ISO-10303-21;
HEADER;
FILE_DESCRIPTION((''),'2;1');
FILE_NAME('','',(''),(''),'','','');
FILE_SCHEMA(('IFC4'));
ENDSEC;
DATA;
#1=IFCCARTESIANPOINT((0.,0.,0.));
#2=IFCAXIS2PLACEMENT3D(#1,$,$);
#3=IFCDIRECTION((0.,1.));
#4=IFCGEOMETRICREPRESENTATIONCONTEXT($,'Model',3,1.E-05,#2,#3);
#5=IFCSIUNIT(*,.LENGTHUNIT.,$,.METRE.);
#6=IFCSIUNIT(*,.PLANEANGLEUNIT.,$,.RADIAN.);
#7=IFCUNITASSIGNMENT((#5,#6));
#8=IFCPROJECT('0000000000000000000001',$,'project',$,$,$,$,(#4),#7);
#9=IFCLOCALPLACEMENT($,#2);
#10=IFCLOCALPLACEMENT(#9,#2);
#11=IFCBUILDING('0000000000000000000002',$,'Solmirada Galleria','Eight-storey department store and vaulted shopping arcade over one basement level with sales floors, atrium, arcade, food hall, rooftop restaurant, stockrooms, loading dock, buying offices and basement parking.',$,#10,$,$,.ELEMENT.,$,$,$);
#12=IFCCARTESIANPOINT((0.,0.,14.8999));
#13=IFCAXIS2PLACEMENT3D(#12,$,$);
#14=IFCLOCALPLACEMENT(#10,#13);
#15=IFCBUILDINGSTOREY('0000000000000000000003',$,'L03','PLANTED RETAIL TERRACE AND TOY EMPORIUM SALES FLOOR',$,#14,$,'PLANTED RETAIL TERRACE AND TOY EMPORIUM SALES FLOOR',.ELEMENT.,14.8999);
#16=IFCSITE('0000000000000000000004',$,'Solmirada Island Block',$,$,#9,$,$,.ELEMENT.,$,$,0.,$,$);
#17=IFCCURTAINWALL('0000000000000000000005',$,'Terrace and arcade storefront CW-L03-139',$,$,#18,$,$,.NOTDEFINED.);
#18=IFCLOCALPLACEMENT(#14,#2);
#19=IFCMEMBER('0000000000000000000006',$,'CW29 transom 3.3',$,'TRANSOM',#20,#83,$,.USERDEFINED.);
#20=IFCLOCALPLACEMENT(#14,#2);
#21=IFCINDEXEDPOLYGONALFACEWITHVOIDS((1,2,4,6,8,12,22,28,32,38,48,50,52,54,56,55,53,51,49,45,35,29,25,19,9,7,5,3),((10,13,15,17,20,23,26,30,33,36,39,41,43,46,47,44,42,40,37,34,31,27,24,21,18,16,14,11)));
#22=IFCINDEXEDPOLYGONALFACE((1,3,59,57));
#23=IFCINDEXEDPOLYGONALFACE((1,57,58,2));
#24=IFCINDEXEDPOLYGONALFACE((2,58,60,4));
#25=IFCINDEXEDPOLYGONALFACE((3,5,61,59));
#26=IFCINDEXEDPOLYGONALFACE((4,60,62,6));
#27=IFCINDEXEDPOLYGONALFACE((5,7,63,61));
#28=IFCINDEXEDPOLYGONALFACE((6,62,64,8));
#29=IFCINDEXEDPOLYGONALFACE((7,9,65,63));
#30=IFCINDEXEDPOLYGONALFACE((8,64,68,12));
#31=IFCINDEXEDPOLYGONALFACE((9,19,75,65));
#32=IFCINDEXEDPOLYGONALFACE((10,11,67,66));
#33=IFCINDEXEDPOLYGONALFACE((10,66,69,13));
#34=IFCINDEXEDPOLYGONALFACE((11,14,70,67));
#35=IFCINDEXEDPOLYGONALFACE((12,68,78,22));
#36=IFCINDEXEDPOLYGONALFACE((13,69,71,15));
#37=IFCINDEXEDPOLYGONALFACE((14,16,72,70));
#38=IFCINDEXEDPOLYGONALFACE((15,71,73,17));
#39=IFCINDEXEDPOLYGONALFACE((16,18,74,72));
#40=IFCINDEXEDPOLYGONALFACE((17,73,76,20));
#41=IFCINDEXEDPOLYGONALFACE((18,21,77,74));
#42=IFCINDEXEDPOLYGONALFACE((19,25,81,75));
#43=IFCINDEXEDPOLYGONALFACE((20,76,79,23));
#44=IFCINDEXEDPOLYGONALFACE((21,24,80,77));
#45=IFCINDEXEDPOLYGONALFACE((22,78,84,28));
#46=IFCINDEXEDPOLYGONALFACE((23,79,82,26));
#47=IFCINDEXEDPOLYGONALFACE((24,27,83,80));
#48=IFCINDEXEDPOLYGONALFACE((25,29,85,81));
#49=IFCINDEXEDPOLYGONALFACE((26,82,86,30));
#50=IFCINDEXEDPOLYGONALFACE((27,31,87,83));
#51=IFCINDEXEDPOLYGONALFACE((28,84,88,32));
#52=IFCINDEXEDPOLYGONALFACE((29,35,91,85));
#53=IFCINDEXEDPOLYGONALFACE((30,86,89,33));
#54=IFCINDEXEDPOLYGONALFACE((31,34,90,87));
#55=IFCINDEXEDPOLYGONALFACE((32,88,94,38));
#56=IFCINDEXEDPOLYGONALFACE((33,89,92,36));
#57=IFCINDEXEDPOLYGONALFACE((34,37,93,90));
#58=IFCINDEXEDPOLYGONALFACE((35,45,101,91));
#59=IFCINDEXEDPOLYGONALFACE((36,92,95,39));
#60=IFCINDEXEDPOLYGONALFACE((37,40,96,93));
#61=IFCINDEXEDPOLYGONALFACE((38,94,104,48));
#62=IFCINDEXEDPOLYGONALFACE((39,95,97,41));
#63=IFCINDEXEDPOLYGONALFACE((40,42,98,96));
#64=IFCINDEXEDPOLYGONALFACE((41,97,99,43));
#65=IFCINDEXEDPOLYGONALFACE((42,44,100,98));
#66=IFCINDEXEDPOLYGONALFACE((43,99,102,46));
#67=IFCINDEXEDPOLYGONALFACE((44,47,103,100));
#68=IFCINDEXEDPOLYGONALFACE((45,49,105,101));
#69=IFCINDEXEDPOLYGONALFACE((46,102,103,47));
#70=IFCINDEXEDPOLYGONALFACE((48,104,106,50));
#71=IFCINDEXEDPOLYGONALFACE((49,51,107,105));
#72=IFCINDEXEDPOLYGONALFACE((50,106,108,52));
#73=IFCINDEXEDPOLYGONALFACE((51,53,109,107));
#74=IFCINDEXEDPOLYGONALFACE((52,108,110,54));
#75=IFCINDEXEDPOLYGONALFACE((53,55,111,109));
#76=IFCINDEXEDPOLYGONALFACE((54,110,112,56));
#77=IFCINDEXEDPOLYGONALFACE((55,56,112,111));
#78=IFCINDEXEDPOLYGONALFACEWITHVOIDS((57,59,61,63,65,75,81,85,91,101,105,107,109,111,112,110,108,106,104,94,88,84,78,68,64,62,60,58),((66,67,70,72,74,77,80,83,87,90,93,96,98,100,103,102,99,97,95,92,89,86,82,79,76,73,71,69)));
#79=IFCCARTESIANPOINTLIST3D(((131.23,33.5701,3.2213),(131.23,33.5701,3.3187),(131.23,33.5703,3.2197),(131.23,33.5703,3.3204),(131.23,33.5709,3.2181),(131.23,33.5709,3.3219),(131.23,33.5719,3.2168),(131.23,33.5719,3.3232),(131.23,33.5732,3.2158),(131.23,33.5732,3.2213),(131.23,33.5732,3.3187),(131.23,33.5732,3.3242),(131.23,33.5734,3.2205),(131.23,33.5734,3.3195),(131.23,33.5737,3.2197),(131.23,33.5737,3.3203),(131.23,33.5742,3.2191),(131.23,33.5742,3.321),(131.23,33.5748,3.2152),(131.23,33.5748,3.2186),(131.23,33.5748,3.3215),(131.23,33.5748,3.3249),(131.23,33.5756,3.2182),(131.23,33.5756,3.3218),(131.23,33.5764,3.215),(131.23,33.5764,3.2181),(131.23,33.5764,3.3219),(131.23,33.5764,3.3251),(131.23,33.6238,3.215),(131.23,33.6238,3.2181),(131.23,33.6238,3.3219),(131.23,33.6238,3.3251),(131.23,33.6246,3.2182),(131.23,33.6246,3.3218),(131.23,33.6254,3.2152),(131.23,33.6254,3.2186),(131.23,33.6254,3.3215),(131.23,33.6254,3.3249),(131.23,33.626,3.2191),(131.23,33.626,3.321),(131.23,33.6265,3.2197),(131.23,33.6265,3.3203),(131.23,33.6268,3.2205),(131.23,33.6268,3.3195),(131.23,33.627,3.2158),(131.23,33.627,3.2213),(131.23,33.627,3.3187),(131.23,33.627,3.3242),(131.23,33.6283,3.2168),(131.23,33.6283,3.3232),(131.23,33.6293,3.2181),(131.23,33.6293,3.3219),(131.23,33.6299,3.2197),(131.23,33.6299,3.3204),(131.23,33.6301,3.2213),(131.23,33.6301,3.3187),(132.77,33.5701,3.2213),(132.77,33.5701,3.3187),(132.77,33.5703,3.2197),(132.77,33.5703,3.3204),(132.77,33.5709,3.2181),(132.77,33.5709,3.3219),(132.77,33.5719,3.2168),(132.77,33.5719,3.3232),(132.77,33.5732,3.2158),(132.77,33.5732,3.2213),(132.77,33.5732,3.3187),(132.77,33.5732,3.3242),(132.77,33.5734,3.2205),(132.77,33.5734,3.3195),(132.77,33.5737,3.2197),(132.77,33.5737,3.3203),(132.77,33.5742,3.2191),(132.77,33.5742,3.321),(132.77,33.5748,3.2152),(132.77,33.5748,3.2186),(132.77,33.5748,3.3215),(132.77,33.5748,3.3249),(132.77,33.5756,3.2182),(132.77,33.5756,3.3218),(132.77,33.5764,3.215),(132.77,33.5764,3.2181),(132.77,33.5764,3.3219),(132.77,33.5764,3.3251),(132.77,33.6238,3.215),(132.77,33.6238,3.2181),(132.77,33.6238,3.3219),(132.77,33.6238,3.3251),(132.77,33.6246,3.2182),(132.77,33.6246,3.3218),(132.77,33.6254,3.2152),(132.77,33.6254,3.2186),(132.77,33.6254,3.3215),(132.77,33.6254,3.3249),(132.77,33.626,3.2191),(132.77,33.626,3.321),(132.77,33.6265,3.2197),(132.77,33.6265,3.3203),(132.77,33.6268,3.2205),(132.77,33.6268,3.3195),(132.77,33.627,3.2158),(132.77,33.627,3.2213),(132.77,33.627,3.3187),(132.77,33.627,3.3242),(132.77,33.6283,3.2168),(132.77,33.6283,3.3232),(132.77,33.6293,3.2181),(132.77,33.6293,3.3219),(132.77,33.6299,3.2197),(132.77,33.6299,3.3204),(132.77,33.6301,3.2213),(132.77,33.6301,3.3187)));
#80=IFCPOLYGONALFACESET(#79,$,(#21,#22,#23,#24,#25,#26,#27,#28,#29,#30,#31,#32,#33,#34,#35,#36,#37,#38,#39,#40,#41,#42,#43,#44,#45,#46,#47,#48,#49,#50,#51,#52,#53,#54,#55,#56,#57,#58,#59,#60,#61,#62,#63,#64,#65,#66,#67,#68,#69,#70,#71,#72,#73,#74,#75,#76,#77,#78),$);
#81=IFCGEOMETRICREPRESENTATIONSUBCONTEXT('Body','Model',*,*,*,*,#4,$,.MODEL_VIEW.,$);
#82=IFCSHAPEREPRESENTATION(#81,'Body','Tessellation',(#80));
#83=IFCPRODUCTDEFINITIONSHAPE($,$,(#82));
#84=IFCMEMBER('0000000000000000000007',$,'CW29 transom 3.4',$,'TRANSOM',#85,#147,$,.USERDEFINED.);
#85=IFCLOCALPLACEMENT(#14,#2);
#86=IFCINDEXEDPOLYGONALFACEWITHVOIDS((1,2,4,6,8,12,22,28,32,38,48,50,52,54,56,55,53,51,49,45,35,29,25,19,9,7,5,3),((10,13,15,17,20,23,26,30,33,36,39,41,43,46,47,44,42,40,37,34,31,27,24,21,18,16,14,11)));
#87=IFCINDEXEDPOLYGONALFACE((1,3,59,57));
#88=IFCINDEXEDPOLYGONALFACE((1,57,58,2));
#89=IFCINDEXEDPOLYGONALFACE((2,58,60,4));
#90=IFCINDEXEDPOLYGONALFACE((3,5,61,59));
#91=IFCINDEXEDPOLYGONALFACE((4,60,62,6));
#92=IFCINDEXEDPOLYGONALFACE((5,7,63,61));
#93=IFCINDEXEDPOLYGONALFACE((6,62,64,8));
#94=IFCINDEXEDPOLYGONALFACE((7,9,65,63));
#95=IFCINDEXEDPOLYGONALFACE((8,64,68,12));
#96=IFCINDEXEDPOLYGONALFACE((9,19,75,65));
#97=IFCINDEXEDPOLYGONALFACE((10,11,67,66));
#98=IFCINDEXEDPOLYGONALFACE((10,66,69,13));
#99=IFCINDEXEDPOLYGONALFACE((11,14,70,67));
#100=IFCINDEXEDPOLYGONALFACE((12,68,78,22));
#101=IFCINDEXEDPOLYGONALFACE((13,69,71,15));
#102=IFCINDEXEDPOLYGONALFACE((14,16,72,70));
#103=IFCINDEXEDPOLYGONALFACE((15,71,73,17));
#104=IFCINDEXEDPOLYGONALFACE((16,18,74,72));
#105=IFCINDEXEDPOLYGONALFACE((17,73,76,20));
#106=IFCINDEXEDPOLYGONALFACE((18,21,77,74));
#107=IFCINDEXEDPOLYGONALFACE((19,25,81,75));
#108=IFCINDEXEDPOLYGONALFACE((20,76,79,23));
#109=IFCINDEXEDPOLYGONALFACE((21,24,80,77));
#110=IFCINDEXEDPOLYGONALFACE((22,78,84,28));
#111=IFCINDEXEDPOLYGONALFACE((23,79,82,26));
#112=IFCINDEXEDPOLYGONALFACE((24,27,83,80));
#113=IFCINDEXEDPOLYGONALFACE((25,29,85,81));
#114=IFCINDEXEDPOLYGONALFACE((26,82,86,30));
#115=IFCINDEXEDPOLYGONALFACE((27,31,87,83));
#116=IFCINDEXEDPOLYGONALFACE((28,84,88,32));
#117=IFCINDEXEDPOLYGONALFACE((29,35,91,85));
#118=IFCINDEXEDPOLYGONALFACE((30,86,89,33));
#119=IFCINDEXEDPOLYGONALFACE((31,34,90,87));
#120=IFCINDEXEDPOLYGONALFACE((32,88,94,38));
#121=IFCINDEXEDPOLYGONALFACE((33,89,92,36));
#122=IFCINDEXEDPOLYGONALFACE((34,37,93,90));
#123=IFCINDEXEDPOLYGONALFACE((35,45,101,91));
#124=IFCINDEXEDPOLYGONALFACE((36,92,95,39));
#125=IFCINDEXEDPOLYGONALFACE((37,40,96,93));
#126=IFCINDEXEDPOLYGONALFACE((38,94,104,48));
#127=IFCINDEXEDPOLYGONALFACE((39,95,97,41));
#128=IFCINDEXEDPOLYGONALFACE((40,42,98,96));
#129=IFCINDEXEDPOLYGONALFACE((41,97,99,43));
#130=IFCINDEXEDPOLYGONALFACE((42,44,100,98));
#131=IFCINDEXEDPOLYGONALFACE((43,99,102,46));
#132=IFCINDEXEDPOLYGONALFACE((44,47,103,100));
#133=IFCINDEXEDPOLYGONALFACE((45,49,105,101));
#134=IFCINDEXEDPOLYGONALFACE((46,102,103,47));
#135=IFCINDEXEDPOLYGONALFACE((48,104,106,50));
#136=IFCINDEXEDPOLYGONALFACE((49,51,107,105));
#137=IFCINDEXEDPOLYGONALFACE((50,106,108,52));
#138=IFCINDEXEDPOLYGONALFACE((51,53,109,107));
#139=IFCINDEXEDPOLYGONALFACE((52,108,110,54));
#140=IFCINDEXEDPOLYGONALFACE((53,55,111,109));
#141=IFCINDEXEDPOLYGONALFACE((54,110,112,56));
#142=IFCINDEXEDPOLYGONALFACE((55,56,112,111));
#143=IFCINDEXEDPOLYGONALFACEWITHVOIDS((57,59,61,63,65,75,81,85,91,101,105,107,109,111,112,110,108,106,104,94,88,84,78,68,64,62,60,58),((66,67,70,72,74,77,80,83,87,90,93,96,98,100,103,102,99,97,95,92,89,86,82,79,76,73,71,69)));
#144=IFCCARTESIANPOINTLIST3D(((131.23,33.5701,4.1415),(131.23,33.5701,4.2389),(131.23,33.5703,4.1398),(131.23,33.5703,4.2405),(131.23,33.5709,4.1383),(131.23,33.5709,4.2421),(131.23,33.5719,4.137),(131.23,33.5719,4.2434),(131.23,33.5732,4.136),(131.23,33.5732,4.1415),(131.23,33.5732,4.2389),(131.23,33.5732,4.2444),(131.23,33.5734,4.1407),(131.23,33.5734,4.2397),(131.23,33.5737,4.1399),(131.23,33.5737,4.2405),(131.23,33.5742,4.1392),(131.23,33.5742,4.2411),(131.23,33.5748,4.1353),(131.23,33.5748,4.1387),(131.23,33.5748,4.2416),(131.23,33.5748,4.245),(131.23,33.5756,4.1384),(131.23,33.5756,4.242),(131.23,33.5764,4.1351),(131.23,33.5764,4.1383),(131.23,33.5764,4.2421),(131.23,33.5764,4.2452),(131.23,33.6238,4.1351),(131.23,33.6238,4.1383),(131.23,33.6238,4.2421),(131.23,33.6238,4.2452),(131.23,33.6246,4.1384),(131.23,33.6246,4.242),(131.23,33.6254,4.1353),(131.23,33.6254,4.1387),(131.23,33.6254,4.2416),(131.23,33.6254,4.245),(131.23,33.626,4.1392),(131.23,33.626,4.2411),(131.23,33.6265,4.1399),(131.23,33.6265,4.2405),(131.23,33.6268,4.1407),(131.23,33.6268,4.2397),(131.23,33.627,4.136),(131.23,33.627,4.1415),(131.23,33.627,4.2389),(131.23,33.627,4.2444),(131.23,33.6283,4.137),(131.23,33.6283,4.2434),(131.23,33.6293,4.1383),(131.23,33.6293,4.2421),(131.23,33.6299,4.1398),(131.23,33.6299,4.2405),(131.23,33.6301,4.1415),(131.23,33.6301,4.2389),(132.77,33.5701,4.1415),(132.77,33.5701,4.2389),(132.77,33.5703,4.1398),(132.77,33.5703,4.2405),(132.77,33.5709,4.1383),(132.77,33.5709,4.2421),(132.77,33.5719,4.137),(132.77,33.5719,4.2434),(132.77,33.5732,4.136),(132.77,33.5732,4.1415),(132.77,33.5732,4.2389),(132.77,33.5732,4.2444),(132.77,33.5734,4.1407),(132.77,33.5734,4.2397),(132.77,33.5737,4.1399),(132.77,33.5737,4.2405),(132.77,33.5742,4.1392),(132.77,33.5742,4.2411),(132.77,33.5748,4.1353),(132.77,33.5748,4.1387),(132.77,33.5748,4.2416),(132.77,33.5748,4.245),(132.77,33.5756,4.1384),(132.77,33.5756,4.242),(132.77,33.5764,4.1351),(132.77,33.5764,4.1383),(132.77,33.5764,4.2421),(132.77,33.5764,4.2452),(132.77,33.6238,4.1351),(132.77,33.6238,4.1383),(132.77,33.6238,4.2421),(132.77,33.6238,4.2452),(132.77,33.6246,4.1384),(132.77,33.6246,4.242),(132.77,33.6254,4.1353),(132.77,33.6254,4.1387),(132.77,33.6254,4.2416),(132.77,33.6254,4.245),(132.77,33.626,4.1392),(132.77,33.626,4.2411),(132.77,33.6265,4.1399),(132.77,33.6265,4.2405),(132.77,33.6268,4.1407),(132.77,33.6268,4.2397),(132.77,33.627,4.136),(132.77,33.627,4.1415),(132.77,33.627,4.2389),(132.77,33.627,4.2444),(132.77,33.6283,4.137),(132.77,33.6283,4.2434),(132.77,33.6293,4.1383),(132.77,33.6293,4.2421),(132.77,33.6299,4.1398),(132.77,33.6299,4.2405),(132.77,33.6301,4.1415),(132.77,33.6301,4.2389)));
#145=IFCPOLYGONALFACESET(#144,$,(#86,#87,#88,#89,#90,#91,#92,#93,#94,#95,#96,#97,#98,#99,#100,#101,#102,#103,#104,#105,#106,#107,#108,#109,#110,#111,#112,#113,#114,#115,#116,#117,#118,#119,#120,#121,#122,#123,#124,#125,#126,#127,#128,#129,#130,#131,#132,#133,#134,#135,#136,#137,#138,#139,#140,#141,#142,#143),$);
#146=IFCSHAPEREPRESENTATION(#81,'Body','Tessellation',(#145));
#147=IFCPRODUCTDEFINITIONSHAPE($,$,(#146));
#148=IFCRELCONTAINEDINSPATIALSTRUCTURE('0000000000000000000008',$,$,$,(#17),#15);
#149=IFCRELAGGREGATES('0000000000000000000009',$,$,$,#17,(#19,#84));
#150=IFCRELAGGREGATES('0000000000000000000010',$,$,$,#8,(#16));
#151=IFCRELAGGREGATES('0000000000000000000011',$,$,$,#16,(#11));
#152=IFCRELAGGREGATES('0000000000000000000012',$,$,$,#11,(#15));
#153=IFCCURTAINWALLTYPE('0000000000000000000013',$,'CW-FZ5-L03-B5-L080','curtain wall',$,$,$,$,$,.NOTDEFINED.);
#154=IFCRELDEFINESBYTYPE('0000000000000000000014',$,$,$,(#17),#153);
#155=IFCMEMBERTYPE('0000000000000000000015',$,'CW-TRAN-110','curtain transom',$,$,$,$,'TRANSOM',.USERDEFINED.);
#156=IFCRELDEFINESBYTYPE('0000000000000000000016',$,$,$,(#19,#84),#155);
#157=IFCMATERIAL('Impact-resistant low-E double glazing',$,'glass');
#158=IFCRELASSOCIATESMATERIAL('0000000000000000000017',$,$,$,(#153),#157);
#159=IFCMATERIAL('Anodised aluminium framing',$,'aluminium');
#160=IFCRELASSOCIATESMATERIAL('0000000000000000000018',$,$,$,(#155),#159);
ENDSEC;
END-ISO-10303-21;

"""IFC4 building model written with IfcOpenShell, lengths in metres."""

from ifc_helpers import new_model, si_unit, direction, frame, origin, origin_2d, place, context, subcontext, project, spatial, hollow_rectangle, extrude, material, material_profile, profile_set, type_object, element, aggregate, save


model = new_model("IFC4")

# Units and contexts
model_context = context("Model", 3, precision=1e-05, world=origin(), true_north=direction((0.0, 1.0)))
body_context = subcontext(model_context, "Body", "Model", "MODEL_VIEW")
ifc_project = project(units=[si_unit("LENGTHUNIT", "METRE"), si_unit("PLANEANGLEUNIT", "RADIAN")], contexts=[model_context])

# Site, building, storey
site_placement = place(None, origin())
site = spatial("IfcSite", under=ifc_project, at=site_placement, Name="Solmirada Island Block", CompositionType="ELEMENT", RefElevation=0.0)
building_placement = place(site_placement, origin())
building = spatial("IfcBuilding", under=site, at=building_placement, Name="Solmirada Galleria", Description="Eight-storey department store and vaulted shopping arcade over one basement level with sales floors, atrium, arcade, food hall, rooftop restaurant, stockrooms, loading dock, buying offices and basement parking.", CompositionType="ELEMENT")
storey_placement = place(building_placement, frame((0.0, 0.0, 14.8999)))
storey = spatial("IfcBuildingStorey", under=building, at=storey_placement, Name="L03", Description="PLANTED RETAIL TERRACE AND TOY EMPORIUM SALES FLOOR", LongName="PLANTED RETAIL TERRACE AND TOY EMPORIUM SALES FLOOR", CompositionType="ELEMENT", Elevation=14.8999)

# Curtain wall, members
ifc_material_1 = material(Name="Impact-resistant low-E double glazing", Category="glass")
curtain_wall_type = type_object("IfcCurtainWallType", Name="CW-FZ5-L03-B5-L080", Description="curtain wall", PredefinedType="NOTDEFINED", material=ifc_material_1)
curtain_wall_placement = place(storey_placement, origin())
curtain_wall = element("IfcCurtainWall", 1, at=curtain_wall_placement, inside=storey, type_object=curtain_wall_type, Name="Terrace and arcade storefront CW-L03-139", PredefinedType="NOTDEFINED")
ifc_material_2 = material(Name="Anodised aluminium framing", Category="aluminium")
ifc_material_profile_1 = material_profile(ifc_material_2, hollow_rectangle(XDim=0.0601, YDim=0.1101, WallThickness=0.0032, InnerFilletRadius=0.0032, OuterFilletRadius=0.0063, at=origin_2d()), Name="ALU-TRAN-110X60")
ifc_profile_set_1 = profile_set([ifc_material_profile_1], Name="Anodised aluminium framing")
member_type_1 = type_object("IfcMemberType", Name="CW-TRAN-110", Description="curtain transom", ElementType="TRANSOM", PredefinedType="USERDEFINED", material=ifc_profile_set_1)
member_1_placement = place(storey_placement, frame((131.23, 33.6001, 3.27), z_axis=(1.0, 0.0, 0.0), x_axis=(0.0, 1.0, 0.0)))
member_1 = element("IfcMember", 2, at=member_1_placement, type_object=member_type_1, Name="CW29 transom 3.3", ObjectType="TRANSOM", PredefinedType="USERDEFINED", context=body_context, shape_type="SweptSolid", body=[
    extrude(hollow_rectangle(XDim=0.0601, YDim=0.1101, WallThickness=0.0032, InnerFilletRadius=0.0032, OuterFilletRadius=0.0063, at=origin_2d()), origin(), (0.0, 0.0, 1.0), 1.54),
])
member_2_placement = place(storey_placement, frame((131.23, 33.6001, 4.1902), z_axis=(1.0, 0.0, 0.0), x_axis=(0.0, 1.0, 0.0)))
member_2 = element("IfcMember", 3, at=member_2_placement, type_object=member_type_1, Name="CW29 transom 3.4", ObjectType="TRANSOM", PredefinedType="USERDEFINED", context=body_context, shape_type="SweptSolid", body=[
    extrude(hollow_rectangle(XDim=0.0601, YDim=0.1101, WallThickness=0.0032, InnerFilletRadius=0.0032, OuterFilletRadius=0.0063, at=origin_2d()), origin(), (0.0, 0.0, 1.0), 1.54),
])
aggregate(curtain_wall, [member_1, member_2])

save(model, "model.ifc")
